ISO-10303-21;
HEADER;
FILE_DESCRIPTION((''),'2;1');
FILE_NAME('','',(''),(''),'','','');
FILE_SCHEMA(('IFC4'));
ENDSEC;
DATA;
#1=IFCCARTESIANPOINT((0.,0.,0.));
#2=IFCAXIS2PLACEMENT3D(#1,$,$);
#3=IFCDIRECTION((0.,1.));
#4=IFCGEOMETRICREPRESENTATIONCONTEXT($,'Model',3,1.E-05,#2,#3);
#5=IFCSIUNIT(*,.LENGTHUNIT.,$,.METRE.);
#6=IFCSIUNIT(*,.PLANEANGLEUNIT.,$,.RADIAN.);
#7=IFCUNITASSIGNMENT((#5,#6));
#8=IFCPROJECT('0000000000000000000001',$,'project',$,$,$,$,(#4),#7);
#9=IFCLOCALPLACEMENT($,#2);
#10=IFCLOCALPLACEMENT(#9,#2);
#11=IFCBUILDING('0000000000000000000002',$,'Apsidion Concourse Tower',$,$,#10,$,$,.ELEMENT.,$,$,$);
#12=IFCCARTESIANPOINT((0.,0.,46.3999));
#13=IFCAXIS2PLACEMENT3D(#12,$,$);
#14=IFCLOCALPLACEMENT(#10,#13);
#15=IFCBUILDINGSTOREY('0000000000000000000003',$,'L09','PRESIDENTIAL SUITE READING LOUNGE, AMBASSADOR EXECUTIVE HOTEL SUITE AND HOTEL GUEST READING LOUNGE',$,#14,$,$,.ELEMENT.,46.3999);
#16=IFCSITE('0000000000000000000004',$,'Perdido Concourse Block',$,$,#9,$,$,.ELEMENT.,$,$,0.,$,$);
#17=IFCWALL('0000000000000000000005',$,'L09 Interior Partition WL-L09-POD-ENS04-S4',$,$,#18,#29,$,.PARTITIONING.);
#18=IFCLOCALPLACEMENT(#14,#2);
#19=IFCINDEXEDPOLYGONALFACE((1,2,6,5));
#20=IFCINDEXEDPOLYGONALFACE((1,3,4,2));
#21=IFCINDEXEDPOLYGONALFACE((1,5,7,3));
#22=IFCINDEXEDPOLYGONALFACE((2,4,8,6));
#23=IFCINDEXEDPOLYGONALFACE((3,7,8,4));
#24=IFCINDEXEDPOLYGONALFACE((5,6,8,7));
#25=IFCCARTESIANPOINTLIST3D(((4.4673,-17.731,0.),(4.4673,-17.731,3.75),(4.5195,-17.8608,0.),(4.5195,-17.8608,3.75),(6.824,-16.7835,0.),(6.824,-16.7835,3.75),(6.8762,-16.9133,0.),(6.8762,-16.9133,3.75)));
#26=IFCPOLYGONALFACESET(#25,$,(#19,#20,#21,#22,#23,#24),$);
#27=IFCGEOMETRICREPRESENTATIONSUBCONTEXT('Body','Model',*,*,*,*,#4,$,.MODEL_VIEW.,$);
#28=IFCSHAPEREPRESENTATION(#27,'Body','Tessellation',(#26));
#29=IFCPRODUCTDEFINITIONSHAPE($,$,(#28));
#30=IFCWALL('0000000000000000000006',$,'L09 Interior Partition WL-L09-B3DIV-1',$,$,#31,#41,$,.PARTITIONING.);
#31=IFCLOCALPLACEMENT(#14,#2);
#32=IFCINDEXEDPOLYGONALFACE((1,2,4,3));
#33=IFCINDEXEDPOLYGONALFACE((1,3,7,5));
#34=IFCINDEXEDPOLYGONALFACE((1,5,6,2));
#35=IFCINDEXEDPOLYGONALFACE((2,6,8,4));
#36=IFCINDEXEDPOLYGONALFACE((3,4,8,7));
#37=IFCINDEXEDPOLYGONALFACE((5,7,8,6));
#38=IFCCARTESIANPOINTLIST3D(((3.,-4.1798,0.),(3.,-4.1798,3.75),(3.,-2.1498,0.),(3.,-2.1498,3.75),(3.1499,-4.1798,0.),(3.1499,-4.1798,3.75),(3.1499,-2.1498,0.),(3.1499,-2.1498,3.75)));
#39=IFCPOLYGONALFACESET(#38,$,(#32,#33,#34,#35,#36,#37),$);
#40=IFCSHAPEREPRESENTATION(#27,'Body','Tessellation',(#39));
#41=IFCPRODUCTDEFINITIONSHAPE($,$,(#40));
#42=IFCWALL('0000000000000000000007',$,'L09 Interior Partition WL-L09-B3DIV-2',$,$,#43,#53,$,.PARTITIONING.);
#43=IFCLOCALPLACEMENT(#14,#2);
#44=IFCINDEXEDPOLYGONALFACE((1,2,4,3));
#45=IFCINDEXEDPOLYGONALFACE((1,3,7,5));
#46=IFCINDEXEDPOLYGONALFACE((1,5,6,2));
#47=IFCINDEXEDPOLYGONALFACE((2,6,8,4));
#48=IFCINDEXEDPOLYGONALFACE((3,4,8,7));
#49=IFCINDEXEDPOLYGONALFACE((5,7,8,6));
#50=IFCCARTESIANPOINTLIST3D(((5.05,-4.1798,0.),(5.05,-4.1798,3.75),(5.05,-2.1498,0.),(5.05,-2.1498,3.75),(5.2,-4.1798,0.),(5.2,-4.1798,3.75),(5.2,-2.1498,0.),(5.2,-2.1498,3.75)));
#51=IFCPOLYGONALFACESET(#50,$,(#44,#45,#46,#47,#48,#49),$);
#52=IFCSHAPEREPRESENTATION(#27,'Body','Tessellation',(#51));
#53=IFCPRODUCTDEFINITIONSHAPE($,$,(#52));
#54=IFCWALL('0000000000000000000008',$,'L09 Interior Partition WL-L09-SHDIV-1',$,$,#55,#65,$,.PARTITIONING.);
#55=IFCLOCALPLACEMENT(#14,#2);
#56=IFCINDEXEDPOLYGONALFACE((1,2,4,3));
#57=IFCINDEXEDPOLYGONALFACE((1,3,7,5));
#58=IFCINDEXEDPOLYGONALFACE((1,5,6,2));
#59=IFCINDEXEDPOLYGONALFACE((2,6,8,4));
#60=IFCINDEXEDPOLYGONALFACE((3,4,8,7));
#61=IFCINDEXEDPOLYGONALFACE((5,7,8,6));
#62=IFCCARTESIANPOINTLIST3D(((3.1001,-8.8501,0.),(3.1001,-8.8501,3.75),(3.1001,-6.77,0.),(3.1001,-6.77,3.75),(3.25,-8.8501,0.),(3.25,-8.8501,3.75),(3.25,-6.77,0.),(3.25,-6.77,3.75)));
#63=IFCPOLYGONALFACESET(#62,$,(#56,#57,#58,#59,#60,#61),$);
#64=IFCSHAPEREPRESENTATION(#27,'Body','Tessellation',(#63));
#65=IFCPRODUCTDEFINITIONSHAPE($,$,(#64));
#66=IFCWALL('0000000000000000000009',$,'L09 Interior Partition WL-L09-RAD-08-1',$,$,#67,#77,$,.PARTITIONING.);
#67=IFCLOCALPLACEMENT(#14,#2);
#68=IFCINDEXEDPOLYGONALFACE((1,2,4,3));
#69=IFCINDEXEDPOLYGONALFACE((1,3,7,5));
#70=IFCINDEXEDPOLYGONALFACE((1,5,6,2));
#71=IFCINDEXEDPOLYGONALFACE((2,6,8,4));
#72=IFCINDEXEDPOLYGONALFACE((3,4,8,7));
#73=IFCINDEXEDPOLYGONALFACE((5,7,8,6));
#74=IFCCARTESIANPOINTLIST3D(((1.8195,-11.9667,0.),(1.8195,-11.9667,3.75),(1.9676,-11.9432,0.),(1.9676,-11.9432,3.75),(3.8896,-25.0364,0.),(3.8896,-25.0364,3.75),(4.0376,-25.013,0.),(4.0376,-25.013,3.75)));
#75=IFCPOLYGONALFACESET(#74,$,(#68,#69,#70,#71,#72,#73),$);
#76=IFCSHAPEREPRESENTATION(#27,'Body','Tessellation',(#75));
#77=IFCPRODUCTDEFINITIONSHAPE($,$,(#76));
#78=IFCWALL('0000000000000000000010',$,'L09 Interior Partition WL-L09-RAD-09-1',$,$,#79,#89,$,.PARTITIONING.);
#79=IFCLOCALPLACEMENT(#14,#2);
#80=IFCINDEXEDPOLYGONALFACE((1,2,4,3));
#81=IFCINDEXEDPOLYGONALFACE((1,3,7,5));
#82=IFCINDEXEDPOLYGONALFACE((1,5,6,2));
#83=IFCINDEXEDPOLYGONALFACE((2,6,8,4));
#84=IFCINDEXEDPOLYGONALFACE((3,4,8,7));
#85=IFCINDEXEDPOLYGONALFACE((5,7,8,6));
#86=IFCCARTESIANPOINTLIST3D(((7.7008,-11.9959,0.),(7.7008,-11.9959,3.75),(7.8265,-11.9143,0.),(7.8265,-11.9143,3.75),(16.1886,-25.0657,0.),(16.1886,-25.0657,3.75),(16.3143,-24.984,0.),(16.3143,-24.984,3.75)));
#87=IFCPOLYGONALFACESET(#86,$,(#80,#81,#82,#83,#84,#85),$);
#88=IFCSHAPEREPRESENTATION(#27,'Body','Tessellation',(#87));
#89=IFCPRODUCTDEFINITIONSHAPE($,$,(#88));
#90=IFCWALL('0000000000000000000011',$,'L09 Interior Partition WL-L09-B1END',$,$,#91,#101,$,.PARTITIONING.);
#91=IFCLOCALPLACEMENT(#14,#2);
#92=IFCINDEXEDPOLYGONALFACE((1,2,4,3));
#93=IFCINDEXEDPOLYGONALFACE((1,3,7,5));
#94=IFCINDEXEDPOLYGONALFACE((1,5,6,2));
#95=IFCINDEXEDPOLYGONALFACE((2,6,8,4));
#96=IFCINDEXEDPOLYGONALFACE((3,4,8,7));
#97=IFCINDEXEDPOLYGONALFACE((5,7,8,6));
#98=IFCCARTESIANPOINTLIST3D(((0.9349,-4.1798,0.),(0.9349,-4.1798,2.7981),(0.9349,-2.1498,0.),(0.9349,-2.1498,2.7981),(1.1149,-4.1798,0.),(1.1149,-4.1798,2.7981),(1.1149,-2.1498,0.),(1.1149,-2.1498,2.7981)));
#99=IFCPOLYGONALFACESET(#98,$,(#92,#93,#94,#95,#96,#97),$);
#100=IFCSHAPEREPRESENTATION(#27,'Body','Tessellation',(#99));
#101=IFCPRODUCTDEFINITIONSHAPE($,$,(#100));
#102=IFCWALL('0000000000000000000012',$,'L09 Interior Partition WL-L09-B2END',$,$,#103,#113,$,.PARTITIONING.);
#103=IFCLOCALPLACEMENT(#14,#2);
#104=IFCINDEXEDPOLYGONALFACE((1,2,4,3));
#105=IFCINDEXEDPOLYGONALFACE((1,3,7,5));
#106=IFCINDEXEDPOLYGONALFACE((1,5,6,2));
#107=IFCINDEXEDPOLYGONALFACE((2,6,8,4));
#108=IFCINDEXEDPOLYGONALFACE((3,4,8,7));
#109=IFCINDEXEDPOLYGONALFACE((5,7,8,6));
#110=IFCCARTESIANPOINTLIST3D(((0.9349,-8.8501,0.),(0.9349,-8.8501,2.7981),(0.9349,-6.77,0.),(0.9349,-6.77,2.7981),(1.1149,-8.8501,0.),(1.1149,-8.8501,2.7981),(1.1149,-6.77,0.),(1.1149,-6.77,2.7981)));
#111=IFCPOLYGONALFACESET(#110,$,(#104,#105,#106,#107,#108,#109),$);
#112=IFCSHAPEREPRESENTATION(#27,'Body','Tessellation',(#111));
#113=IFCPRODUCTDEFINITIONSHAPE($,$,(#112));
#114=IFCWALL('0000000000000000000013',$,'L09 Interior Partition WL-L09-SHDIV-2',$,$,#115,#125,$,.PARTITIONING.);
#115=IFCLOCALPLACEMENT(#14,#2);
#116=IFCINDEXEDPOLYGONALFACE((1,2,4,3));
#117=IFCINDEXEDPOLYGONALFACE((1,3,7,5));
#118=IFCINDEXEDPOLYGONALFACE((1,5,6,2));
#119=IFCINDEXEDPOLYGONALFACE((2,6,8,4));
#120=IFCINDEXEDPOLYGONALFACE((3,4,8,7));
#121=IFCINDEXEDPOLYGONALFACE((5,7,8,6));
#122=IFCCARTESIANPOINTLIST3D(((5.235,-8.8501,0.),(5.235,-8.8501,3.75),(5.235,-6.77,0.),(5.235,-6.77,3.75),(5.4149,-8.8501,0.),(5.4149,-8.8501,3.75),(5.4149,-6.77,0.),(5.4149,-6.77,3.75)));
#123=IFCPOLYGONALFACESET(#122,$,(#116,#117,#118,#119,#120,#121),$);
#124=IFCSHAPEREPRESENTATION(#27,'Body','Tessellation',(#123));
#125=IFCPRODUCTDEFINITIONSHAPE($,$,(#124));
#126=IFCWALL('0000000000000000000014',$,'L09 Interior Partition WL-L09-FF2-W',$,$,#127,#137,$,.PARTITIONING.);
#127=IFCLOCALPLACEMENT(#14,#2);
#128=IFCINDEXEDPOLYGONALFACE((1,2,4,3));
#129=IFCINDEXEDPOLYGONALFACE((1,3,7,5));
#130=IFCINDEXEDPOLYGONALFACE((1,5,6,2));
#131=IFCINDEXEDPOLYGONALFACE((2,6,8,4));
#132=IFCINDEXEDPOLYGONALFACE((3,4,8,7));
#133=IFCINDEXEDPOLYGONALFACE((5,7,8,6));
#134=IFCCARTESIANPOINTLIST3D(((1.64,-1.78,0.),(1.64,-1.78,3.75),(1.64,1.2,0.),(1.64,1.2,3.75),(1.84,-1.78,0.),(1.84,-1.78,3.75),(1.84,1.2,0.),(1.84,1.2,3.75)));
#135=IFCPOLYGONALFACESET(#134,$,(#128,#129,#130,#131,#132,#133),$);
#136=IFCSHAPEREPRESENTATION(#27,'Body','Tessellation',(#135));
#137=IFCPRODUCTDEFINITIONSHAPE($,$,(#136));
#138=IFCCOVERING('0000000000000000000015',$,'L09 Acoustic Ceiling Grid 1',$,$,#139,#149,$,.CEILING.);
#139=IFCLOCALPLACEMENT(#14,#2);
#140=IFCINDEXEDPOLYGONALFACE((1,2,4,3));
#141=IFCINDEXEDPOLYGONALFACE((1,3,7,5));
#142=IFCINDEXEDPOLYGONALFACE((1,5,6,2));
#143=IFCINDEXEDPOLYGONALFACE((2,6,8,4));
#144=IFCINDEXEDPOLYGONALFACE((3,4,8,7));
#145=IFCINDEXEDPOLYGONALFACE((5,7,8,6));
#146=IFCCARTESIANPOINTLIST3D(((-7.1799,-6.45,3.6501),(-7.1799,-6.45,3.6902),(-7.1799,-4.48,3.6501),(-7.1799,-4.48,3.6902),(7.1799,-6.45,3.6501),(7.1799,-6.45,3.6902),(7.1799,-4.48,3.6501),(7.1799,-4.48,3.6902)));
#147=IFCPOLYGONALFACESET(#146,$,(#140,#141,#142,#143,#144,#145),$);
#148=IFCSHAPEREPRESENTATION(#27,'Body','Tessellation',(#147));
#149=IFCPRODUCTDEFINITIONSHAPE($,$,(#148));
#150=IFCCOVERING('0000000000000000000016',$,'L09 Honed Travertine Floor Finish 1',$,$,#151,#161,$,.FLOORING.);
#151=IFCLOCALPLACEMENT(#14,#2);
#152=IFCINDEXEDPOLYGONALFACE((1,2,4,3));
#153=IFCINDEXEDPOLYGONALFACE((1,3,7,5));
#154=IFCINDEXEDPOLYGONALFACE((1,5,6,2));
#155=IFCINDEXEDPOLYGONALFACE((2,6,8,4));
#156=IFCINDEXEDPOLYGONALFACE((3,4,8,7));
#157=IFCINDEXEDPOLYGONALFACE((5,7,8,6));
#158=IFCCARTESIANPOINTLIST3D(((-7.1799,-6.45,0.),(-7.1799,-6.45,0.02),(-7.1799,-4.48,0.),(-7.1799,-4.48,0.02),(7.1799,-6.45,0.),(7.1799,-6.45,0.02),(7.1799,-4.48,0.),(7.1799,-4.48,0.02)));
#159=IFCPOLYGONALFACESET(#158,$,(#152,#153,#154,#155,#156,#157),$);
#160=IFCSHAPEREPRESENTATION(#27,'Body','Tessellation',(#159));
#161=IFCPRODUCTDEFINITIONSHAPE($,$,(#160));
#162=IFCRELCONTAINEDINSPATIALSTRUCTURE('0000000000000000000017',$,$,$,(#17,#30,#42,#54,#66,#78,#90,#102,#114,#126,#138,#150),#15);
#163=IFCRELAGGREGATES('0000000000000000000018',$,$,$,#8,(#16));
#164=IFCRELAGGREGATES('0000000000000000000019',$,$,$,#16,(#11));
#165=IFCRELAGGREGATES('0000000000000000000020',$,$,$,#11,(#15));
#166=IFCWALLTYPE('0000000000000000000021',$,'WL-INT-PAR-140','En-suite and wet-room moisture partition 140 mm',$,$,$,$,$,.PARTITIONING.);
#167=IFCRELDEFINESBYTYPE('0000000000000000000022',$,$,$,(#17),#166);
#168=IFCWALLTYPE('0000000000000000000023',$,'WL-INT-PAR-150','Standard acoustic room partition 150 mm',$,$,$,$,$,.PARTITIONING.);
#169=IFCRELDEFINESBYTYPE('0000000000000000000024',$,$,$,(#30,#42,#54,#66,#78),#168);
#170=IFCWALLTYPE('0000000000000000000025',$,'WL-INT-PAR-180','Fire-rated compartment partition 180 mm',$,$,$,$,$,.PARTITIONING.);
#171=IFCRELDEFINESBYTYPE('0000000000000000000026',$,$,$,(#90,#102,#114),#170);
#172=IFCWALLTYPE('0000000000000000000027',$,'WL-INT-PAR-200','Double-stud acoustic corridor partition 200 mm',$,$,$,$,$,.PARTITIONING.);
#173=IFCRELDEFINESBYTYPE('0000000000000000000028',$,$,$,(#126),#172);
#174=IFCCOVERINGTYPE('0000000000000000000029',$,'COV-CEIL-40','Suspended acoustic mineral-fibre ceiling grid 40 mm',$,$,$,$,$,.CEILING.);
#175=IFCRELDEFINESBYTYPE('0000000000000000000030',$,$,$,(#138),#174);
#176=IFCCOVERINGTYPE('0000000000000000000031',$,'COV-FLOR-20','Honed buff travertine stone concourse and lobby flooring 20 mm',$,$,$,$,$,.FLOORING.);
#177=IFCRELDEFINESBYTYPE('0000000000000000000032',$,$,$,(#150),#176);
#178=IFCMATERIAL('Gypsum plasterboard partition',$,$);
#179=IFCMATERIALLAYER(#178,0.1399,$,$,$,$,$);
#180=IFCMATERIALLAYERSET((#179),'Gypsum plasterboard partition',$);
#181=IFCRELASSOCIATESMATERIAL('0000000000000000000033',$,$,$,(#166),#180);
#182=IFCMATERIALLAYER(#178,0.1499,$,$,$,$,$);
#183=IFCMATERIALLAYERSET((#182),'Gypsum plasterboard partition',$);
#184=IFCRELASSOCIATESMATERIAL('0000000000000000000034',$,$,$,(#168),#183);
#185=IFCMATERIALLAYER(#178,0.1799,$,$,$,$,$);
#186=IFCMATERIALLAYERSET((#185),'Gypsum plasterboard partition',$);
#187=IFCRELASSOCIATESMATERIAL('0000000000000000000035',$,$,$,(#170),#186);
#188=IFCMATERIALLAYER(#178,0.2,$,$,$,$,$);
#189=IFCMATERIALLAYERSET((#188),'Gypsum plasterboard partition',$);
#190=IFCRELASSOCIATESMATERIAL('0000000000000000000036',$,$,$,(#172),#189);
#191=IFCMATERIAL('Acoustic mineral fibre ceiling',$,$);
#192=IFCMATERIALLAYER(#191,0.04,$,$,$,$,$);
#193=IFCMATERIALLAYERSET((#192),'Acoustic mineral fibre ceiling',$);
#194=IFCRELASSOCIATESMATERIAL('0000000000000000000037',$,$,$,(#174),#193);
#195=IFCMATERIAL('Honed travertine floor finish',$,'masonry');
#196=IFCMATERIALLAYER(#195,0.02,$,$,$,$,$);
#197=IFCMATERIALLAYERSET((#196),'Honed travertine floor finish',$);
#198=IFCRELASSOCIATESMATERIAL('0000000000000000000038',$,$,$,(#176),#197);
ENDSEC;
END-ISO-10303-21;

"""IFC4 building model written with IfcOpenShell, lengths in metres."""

from ifc_helpers import new_model, si_unit, direction, frame, frame_2d, origin, place, context, subcontext, project, spatial, polyline, rectangle, outline, extrude, material, layer, layer_set, type_object, element, save


model = new_model("IFC4")

# Units and contexts
model_context = context("Model", 3, precision=1e-05, world=origin(), true_north=direction((0.0, 1.0)))
body_context = subcontext(model_context, "Body", "Model", "MODEL_VIEW")
ifc_project = project(units=[si_unit("LENGTHUNIT", "METRE"), si_unit("PLANEANGLEUNIT", "RADIAN")], contexts=[model_context])

# Site, building, storey
site_placement = place(None, origin())
site = spatial("IfcSite", under=ifc_project, at=site_placement, Name="Perdido Concourse Block", CompositionType="ELEMENT", RefElevation=0.0)
building_placement = place(site_placement, origin())
building = spatial("IfcBuilding", under=site, at=building_placement, Name="Apsidion Concourse Tower", CompositionType="ELEMENT")
storey_placement = place(building_placement, frame((0.0, 0.0, 46.3999)))
storey = spatial("IfcBuildingStorey", under=building, at=storey_placement, Name="L09", Description="PRESIDENTIAL SUITE READING LOUNGE, AMBASSADOR EXECUTIVE HOTEL SUITE AND HOTEL GUEST READING LOUNGE", CompositionType="ELEMENT", Elevation=46.3999)

# Shared definitions
ifc_material_1 = material(Name="Gypsum plasterboard partition")
ifc_layer_1 = layer(ifc_material_1, 0.1399)
ifc_layer_set_1 = layer_set([ifc_layer_1], Name="Gypsum plasterboard partition")
wall_type_1 = type_object("IfcWallType", Name="WL-INT-PAR-140", Description="En-suite and wet-room moisture partition 140 mm", PredefinedType="PARTITIONING", material=ifc_layer_set_1)

# Walls
wall_1_placement = place(storey_placement, frame((6.8501, -16.8484, 0.0), z_axis=(0.0, 0.0, 1.0), x_axis=(-0.927819, -0.373031, 0.0)))
element("IfcWall", 1, at=wall_1_placement, inside=storey, type_object=wall_type_1, Name="L09 Interior Partition WL-L09-POD-ENS04-S4", PredefinedType="PARTITIONING", context=body_context, shape_type="SweptSolid", body=[
    extrude(rectangle(XDim=2.54, YDim=0.1399, at=frame_2d((1.27, 0.0))), origin(), (0.0, 0.0, 1.0), 3.75),
])
ifc_layer_2 = layer(ifc_material_1, 0.1499)
ifc_layer_set_2 = layer_set([ifc_layer_2], Name="Gypsum plasterboard partition")
wall_type_2 = type_object("IfcWallType", Name="WL-INT-PAR-150", Description="Standard acoustic room partition 150 mm", PredefinedType="PARTITIONING", material=ifc_layer_set_2)
for number, where, z_axis, x_axis, name in (
    (2, (3.075, -4.1799, 0.0), (0.0, 0.0, 1.0), (0.0, 1.0, 0.0), "L09 Interior Partition WL-L09-B3DIV-1"),
    (3, (5.125, -4.1799, 0.0), (0.0, 0.0, 1.0), (0.0, 1.0, 0.0), "L09 Interior Partition WL-L09-B3DIV-2"),
):
    element("IfcWall", number, at=place(storey_placement, frame(where, z_axis=z_axis, x_axis=x_axis)), inside=storey, type_object=wall_type_2, Name=name, PredefinedType="PARTITIONING", context=body_context, shape_type="SweptSolid", body=[
        extrude(rectangle(XDim=2.03, YDim=0.1499, at=frame_2d((1.0151, 0.0))), origin(), (0.0, 0.0, 1.0), 3.75),
    ])
wall_2_placement = place(storey_placement, frame((3.175, -8.8501, 0.0), z_axis=(0.0, 0.0, 1.0), x_axis=(0.0, 1.0, 0.0)))
element("IfcWall", 4, at=wall_2_placement, inside=storey, type_object=wall_type_2, Name="L09 Interior Partition WL-L09-SHDIV-1", PredefinedType="PARTITIONING", context=body_context, shape_type="SweptSolid", body=[
    extrude(rectangle(XDim=2.0801, YDim=0.1499, at=frame_2d((1.04, 0.0))), origin(), (0.0, 0.0, 1.0), 3.75),
])
wall_3_placement = place(storey_placement, frame((1.8936, -11.9551, 0.0), z_axis=(0.0, 0.0, 1.0), x_axis=(0.156435, -0.987688, 0.0)))
element("IfcWall", 5, at=wall_3_placement, inside=storey, type_object=wall_type_2, Name="L09 Interior Partition WL-L09-RAD-08-1", PredefinedType="PARTITIONING", context=body_context, shape_type="SweptSolid", body=[
    extrude(rectangle(XDim=13.2327, YDim=0.1499, at=frame_2d((6.6162, 0.0))), origin(), (0.0, 0.0, 1.0), 3.75),
])
wall_4_placement = place(storey_placement, frame((7.7637, -11.9551, 0.0), z_axis=(0.0, 0.0, 1.0), x_axis=(0.544646, -0.838666, 0.0)))
element("IfcWall", 6, at=wall_4_placement, inside=storey, type_object=wall_type_2, Name="L09 Interior Partition WL-L09-RAD-09-1", PredefinedType="PARTITIONING", context=body_context, shape_type="SweptSolid", body=[
    extrude(rectangle(XDim=15.584, YDim=0.1499, at=frame_2d((7.792, 0.0))), origin(), (0.0, 0.0, 1.0), 3.75),
])
ifc_layer_3 = layer(ifc_material_1, 0.1799)
ifc_layer_set_3 = layer_set([ifc_layer_3], Name="Gypsum plasterboard partition")
wall_type_3 = type_object("IfcWallType", Name="WL-INT-PAR-180", Description="Fire-rated compartment partition 180 mm", PredefinedType="PARTITIONING", material=ifc_layer_set_3)
wall_5_placement = place(storey_placement, frame((1.0249, -4.1799, 0.0), z_axis=(0.0, 0.0, 1.0), x_axis=(0.0, 1.0, 0.0)))
element("IfcWall", 7, at=wall_5_placement, inside=storey, type_object=wall_type_3, Name="L09 Interior Partition WL-L09-B1END", PredefinedType="PARTITIONING", context=body_context, shape_type="SweptSolid", body=[
    extrude(rectangle(XDim=2.03, YDim=0.1799, at=frame_2d((1.0151, 0.0))), origin(), (0.0, 0.0, 1.0), 2.7981),
])
wall_6_placement = place(storey_placement, frame((1.0249, -8.8501, 0.0), z_axis=(0.0, 0.0, 1.0), x_axis=(0.0, 1.0, 0.0)))
element("IfcWall", 8, at=wall_6_placement, inside=storey, type_object=wall_type_3, Name="L09 Interior Partition WL-L09-B2END", PredefinedType="PARTITIONING", context=body_context, shape_type="SweptSolid", body=[
    extrude(rectangle(XDim=2.0801, YDim=0.1799, at=frame_2d((1.04, 0.0))), origin(), (0.0, 0.0, 1.0), 2.7981),
])
wall_7_placement = place(storey_placement, frame((5.325, -8.8501, 0.0), z_axis=(0.0, 0.0, 1.0), x_axis=(0.0, 1.0, 0.0)))
element("IfcWall", 9, at=wall_7_placement, inside=storey, type_object=wall_type_3, Name="L09 Interior Partition WL-L09-SHDIV-2", PredefinedType="PARTITIONING", context=body_context, shape_type="SweptSolid", body=[
    extrude(rectangle(XDim=2.0801, YDim=0.1799, at=frame_2d((1.04, 0.0))), origin(), (0.0, 0.0, 1.0), 3.75),
])
ifc_layer_4 = layer(ifc_material_1, 0.2)
ifc_layer_set_4 = layer_set([ifc_layer_4], Name="Gypsum plasterboard partition")
wall_type_4 = type_object("IfcWallType", Name="WL-INT-PAR-200", Description="Double-stud acoustic corridor partition 200 mm", PredefinedType="PARTITIONING", material=ifc_layer_set_4)
wall_8_placement = place(storey_placement, frame((1.74, -1.78, 0.0), z_axis=(0.0, 0.0, 1.0), x_axis=(0.0, 1.0, 0.0)))
element("IfcWall", 10, at=wall_8_placement, inside=storey, type_object=wall_type_4, Name="L09 Interior Partition WL-L09-FF2-W", PredefinedType="PARTITIONING", context=body_context, shape_type="SweptSolid", body=[
    extrude(rectangle(XDim=2.98, YDim=0.2, at=frame_2d((1.49, 0.0))), origin(), (0.0, 0.0, 1.0), 3.75),
])

# Coverings
ifc_material_2 = material(Name="Acoustic mineral fibre ceiling")
ifc_layer_5 = layer(ifc_material_2, 0.04)
ifc_layer_set_5 = layer_set([ifc_layer_5], Name="Acoustic mineral fibre ceiling")
covering_type_1 = type_object("IfcCoveringType", Name="COV-CEIL-40", Description="Suspended acoustic mineral-fibre ceiling grid 40 mm", PredefinedType="CEILING", material=ifc_layer_set_5)
covering_1_placement = place(storey_placement, frame((0.0, 0.0, 3.6501)))
element("IfcCovering", 11, at=covering_1_placement, inside=storey, type_object=covering_type_1, Name="L09 Acoustic Ceiling Grid 1", PredefinedType="CEILING", context=body_context, shape_type="SweptSolid", body=[
    extrude(outline(polyline([(-7.1799, -6.45), (-7.1799, -4.48), (7.1799, -4.48), (7.1799, -6.45), (-7.1799, -6.45)])), origin(), (0.0, 0.0, 1.0), 0.04),
])
ifc_material_3 = material(Name="Honed travertine floor finish", Category="masonry")
ifc_layer_6 = layer(ifc_material_3, 0.02)
ifc_layer_set_6 = layer_set([ifc_layer_6], Name="Honed travertine floor finish")
covering_type_2 = type_object("IfcCoveringType", Name="COV-FLOR-20", Description="Honed buff travertine stone concourse and lobby flooring 20 mm", PredefinedType="FLOORING", material=ifc_layer_set_6)
covering_2_placement = place(storey_placement, origin())
element("IfcCovering", 12, at=covering_2_placement, inside=storey, type_object=covering_type_2, Name="L09 Honed Travertine Floor Finish 1", PredefinedType="FLOORING", context=body_context, shape_type="SweptSolid", body=[
    extrude(outline(polyline([(-7.1799, -6.45), (-7.1799, -4.48), (7.1799, -4.48), (7.1799, -6.45), (-7.1799, -6.45)])), origin(), (0.0, 0.0, 1.0), 0.02),
])

save(model, "model.ifc")
